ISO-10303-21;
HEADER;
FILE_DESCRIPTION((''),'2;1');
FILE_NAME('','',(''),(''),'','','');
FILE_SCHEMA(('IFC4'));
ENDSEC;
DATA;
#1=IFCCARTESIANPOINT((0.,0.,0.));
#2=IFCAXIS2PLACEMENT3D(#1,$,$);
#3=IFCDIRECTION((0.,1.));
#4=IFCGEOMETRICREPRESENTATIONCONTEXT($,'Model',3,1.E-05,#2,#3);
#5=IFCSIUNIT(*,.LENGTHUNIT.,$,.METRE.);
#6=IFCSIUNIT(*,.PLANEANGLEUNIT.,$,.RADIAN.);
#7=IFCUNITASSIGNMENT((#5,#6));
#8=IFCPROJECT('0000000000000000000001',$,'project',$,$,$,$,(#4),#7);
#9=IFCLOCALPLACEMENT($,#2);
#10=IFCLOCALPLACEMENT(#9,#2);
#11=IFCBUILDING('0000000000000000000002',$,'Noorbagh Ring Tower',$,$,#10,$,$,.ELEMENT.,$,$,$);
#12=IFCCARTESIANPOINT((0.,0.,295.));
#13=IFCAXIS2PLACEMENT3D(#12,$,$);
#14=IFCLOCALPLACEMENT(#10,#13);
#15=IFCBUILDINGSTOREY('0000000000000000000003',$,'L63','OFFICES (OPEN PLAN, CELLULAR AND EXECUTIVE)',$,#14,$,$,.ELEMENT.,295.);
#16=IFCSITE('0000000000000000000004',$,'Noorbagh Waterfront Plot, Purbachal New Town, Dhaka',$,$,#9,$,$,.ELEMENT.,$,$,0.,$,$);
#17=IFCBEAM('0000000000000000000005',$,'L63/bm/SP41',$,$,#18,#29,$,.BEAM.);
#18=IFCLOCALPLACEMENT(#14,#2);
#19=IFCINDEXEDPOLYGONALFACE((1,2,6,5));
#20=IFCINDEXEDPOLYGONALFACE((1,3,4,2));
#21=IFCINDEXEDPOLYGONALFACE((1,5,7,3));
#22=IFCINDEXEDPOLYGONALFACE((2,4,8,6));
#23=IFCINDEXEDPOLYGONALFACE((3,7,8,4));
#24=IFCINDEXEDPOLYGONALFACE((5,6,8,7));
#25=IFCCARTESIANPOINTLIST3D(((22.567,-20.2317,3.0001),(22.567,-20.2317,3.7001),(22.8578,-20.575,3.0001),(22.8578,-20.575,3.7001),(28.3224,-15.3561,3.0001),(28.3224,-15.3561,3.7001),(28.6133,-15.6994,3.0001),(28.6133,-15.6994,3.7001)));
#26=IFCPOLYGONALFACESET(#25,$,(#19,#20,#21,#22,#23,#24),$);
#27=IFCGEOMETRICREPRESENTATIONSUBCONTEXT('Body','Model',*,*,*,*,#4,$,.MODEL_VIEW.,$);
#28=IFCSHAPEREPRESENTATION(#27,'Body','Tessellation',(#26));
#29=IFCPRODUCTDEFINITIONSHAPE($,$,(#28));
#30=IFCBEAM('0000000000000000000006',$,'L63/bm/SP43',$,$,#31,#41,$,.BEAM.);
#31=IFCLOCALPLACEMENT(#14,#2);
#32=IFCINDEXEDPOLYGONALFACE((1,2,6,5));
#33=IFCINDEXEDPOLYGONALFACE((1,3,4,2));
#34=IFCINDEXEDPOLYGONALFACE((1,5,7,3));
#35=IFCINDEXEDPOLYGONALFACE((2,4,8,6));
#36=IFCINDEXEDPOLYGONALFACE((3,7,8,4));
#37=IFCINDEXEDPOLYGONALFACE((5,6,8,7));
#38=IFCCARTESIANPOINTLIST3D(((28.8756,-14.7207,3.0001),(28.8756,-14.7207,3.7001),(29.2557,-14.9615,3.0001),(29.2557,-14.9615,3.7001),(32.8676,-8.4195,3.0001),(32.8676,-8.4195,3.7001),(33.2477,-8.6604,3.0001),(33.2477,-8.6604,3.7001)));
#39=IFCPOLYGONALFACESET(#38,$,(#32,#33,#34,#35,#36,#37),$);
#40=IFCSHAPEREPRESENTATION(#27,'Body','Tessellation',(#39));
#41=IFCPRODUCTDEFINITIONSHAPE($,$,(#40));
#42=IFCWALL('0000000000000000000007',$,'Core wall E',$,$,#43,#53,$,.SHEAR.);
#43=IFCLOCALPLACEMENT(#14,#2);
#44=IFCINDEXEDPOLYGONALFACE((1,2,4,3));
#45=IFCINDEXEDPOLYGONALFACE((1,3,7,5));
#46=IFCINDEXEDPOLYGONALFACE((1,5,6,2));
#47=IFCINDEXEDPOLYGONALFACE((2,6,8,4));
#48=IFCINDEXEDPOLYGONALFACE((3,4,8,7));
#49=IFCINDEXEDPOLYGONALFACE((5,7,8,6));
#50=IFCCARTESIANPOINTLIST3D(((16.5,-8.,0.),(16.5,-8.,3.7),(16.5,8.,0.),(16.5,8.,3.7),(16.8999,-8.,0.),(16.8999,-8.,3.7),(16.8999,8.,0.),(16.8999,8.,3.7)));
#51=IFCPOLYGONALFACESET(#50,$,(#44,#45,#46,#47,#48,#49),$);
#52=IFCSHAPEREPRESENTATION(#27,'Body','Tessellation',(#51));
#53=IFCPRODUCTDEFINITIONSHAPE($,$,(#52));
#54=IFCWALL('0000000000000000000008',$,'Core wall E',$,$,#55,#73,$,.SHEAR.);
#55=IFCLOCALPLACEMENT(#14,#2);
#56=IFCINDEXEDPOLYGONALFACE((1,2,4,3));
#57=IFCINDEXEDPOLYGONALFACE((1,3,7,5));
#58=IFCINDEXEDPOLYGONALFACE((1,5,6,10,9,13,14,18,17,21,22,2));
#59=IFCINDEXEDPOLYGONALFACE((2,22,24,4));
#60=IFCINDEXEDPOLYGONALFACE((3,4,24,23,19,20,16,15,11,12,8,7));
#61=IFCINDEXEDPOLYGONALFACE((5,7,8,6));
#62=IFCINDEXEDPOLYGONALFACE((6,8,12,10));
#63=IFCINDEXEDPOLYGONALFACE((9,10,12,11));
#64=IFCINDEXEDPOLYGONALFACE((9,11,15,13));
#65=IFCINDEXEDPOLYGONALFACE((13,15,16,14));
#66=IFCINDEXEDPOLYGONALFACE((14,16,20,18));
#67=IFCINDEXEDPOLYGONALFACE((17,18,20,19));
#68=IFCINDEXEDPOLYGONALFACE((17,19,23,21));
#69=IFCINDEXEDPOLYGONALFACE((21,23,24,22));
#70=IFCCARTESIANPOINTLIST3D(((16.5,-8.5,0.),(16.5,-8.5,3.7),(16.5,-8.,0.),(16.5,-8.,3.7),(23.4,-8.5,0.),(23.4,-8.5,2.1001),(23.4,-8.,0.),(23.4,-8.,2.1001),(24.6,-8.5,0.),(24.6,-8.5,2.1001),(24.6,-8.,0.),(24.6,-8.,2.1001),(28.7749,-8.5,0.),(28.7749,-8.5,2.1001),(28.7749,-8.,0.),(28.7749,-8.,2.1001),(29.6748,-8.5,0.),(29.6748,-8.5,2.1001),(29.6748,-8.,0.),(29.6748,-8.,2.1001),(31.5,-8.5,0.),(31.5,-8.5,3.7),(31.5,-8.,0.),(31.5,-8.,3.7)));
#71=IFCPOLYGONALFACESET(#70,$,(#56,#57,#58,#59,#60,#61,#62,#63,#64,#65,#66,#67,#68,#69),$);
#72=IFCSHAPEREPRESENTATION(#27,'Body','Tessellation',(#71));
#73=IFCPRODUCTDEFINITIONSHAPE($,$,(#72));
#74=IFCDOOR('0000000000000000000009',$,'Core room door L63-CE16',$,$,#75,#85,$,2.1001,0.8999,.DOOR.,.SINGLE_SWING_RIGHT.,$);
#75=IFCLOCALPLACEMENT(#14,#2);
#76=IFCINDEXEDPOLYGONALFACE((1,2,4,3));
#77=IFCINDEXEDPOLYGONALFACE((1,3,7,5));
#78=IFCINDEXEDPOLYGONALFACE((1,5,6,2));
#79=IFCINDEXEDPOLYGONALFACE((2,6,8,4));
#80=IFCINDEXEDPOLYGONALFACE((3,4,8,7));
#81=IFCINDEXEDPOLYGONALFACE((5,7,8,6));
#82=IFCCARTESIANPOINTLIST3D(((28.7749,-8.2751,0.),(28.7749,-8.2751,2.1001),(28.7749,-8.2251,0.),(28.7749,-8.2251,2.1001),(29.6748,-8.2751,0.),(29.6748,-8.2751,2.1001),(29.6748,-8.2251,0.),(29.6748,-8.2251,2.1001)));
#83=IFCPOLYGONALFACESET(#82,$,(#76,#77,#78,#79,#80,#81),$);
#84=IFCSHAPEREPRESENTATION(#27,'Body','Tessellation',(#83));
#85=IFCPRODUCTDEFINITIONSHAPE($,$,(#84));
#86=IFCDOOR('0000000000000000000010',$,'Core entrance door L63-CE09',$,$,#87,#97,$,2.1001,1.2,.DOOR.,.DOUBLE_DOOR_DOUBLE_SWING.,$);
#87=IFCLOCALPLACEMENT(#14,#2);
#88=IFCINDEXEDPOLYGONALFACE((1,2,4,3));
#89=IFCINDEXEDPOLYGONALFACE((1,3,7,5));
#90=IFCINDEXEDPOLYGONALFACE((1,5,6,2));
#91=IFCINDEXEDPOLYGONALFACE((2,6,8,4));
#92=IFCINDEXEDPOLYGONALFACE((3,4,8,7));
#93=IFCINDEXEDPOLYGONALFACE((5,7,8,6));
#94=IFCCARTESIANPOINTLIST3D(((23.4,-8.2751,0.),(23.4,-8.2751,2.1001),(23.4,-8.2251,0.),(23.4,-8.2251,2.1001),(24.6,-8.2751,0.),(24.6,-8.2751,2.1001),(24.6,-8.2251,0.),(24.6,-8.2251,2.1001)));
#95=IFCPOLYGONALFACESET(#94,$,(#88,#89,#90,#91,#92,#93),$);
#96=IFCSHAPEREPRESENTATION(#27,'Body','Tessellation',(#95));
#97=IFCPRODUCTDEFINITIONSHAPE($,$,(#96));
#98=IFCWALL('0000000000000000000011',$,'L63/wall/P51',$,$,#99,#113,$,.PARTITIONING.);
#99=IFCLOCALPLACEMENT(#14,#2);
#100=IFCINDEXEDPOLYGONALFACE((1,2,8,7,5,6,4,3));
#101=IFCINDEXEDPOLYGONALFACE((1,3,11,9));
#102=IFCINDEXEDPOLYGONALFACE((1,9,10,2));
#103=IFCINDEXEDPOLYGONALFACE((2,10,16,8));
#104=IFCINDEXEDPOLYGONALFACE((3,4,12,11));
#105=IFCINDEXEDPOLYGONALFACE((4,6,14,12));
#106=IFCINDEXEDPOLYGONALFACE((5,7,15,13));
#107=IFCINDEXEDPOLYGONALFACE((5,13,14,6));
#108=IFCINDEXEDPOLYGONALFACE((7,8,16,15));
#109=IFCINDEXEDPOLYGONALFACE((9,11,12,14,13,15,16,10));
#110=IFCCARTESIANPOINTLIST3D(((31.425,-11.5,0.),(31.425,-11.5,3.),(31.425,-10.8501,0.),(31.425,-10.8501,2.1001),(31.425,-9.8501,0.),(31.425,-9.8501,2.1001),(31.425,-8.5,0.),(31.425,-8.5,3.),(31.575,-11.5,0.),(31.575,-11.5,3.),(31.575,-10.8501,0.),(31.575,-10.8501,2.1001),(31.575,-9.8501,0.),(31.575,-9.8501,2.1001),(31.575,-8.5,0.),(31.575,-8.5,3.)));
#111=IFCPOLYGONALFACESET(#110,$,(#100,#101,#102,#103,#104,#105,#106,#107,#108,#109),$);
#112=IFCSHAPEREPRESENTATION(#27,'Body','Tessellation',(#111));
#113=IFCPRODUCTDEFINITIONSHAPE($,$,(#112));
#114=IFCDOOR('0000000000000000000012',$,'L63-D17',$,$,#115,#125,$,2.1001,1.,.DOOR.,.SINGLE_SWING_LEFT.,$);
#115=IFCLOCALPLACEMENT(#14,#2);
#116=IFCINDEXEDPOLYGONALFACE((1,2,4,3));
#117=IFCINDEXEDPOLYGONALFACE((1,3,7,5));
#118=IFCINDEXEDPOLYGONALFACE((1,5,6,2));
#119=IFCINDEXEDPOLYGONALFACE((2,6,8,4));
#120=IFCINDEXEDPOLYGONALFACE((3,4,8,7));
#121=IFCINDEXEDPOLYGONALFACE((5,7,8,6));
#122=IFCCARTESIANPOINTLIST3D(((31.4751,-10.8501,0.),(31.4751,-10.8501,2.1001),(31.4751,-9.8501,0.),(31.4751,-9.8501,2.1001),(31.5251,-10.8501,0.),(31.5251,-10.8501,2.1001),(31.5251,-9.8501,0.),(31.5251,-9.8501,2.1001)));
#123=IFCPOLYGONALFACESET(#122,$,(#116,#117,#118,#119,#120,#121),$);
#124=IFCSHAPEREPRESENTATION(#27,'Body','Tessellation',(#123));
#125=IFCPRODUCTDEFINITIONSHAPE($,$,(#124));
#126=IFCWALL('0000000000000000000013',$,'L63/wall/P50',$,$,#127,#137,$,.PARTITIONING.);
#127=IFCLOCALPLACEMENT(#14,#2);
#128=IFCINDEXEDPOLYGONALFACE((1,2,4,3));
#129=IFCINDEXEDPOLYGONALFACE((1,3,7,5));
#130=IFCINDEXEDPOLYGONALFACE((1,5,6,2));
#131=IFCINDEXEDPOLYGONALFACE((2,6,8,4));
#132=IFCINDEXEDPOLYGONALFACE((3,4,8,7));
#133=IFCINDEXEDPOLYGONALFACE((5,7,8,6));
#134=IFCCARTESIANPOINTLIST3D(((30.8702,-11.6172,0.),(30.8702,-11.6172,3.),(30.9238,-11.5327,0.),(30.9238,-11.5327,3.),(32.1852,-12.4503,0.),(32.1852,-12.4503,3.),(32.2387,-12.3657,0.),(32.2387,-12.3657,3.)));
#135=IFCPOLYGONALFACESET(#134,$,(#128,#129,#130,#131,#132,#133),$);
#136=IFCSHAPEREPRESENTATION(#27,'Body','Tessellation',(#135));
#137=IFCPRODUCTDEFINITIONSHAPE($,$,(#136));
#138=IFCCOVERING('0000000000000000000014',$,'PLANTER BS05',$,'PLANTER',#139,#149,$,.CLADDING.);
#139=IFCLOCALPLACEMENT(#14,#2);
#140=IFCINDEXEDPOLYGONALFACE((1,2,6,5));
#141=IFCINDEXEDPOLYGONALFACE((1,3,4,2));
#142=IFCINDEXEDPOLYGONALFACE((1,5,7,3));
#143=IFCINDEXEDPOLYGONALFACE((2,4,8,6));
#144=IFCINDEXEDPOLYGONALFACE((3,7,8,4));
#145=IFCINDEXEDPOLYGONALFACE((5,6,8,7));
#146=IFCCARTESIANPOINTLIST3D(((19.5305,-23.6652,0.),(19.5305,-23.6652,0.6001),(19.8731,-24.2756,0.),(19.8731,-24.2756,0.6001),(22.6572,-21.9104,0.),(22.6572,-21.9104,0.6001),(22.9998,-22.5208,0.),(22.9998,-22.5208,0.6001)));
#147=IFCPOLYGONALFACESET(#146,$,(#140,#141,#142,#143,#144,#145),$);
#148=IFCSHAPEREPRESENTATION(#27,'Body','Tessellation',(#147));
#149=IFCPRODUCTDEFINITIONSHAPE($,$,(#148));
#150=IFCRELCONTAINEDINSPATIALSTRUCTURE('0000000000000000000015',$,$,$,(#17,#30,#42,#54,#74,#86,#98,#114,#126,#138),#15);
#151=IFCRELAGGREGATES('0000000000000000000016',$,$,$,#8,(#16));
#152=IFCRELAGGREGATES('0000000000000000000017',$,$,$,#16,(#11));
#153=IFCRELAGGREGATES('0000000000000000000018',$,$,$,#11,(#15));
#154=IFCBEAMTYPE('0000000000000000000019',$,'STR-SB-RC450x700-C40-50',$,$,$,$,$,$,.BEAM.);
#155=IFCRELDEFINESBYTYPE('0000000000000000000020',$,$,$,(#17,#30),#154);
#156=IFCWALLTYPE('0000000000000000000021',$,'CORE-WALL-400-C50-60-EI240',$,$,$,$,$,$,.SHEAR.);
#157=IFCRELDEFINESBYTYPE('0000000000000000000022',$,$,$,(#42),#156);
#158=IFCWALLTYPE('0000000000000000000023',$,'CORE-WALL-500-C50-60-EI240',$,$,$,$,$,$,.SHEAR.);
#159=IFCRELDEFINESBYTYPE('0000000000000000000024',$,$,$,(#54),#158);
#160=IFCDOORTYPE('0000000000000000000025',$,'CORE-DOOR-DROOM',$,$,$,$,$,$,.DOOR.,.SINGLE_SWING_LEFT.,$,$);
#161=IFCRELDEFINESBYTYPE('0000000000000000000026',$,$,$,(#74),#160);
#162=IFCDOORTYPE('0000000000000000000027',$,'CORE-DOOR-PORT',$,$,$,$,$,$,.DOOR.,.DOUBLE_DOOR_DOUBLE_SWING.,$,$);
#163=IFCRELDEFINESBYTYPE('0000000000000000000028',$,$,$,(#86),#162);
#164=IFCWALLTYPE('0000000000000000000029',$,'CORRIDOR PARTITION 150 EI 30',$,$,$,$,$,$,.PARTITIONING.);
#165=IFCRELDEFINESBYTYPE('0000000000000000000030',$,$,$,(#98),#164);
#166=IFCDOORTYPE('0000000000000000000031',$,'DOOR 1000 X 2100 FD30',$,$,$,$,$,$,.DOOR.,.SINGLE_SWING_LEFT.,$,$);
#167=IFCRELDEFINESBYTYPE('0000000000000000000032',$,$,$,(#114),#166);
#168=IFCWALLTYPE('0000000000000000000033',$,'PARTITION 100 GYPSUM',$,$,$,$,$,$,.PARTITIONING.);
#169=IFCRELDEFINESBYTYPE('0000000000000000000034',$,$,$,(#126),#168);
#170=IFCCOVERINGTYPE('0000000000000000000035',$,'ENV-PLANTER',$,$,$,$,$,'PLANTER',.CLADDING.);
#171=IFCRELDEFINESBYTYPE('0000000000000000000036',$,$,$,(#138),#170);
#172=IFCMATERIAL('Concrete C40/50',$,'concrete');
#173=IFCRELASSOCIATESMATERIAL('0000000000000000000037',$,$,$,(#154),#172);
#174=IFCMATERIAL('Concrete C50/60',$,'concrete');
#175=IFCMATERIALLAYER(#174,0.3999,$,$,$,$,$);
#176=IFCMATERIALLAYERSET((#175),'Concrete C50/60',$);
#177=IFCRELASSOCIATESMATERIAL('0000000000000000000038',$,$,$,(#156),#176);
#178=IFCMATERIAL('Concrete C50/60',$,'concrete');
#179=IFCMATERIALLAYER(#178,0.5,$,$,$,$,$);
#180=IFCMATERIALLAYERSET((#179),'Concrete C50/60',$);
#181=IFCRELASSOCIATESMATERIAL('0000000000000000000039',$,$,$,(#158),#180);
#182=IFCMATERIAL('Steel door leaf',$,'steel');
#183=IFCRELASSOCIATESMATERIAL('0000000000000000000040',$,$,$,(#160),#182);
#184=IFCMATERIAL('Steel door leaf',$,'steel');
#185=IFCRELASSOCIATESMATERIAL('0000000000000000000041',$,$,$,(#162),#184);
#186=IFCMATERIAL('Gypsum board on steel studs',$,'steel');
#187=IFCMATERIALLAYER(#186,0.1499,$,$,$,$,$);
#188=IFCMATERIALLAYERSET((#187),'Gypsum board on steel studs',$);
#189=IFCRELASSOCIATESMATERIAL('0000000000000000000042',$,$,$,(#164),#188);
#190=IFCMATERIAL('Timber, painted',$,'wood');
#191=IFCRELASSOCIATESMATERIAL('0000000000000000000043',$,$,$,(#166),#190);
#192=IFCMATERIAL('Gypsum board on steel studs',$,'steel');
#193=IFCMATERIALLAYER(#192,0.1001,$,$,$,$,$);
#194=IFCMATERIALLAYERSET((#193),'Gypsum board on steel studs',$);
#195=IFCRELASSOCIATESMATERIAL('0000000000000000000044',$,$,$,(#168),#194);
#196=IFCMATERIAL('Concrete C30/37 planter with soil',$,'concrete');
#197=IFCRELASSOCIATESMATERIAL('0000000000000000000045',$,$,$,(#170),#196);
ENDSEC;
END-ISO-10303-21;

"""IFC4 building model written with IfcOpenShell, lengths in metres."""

from ifc_helpers import new_model, si_unit, direction, frame, frame_2d, origin, origin_2d, place, context, subcontext, project, spatial, rectangle, extrude, material, layer, layer_set, material_profile, profile_set, type_object, element, fill, save


model = new_model("IFC4")

# Units and contexts
model_context = context("Model", 3, precision=1e-05, world=origin(), true_north=direction((0.0, 1.0)))
body_context = subcontext(model_context, "Body", "Model", "MODEL_VIEW")
ifc_project = project(units=[si_unit("LENGTHUNIT", "METRE"), si_unit("PLANEANGLEUNIT", "RADIAN")], contexts=[model_context])

# Site, building, storey
site_placement = place(None, origin())
site = spatial("IfcSite", under=ifc_project, at=site_placement, Name="Noorbagh Waterfront Plot, Purbachal New Town, Dhaka", CompositionType="ELEMENT", RefElevation=0.0)
building_placement = place(site_placement, origin())
building = spatial("IfcBuilding", under=site, at=building_placement, Name="Noorbagh Ring Tower", CompositionType="ELEMENT")
storey_placement = place(building_placement, frame((0.0, 0.0, 295.0)))
storey = spatial("IfcBuildingStorey", under=building, at=storey_placement, Name="L63", Description="OFFICES (OPEN PLAN, CELLULAR AND EXECUTIVE)", CompositionType="ELEMENT", Elevation=295.0)

# Beams
ifc_material_1 = material(Name="Concrete C40/50", Category="concrete")
ifc_material_profile_1 = material_profile(ifc_material_1, rectangle(XDim=0.45, YDim=0.7, at=origin_2d()), Name="RC450x700")
ifc_profile_set_1 = profile_set([ifc_material_profile_1], Name="Concrete C40/50")
beam_type_1 = type_object("IfcBeamType", Name="STR-SB-RC450x700-C40-50", PredefinedType="BEAM", material=ifc_profile_set_1)
beam_1_placement = place(storey_placement, frame((22.7124, -20.4033, 3.3501), z_axis=(0.763023, 0.646372, 0.0), x_axis=(-0.646372, 0.763023, 0.0)))
element("IfcBeam", 1, at=beam_1_placement, inside=storey, type_object=beam_type_1, Name="L63/bm/SP41", PredefinedType="BEAM", context=body_context, shape_type="SweptSolid", body=[
    extrude(rectangle(XDim=0.45, YDim=0.7, at=origin_2d()), origin(), (0.0, 0.0, 1.0), 7.543),
])
beam_2_placement = place(storey_placement, frame((29.0657, -14.8411, 3.3501), z_axis=(0.535176, 0.844741, 0.0), x_axis=(-0.844741, 0.535176, 0.0)))
element("IfcBeam", 2, at=beam_2_placement, inside=storey, type_object=beam_type_1, Name="L63/bm/SP43", PredefinedType="BEAM", context=body_context, shape_type="SweptSolid", body=[
    extrude(rectangle(XDim=0.45, YDim=0.7, at=origin_2d()), origin(), (0.0, 0.0, 1.0), 7.4592),
])

# Wall
ifc_material_2 = material(Name="Concrete C50/60", Category="concrete")
ifc_layer_1 = layer(ifc_material_2, 0.3999)
ifc_layer_set_1 = layer_set([ifc_layer_1], Name="Concrete C50/60")
wall_type_1 = type_object("IfcWallType", Name="CORE-WALL-400-C50-60-EI240", PredefinedType="SHEAR", material=ifc_layer_set_1)
wall_1_placement = place(storey_placement, frame((16.7, -8.0, 0.0), z_axis=(0.0, 0.0, 1.0), x_axis=(0.0, 1.0, 0.0)))
element("IfcWall", 3, at=wall_1_placement, inside=storey, type_object=wall_type_1, Name="Core wall E", PredefinedType="SHEAR", context=body_context, shape_type="SweptSolid", body=[
    extrude(rectangle(XDim=16.0, YDim=0.3999, at=frame_2d((8.0, 0.0))), origin(), (0.0, 0.0, 1.0), 3.7),
])

# Wall, openings, doors
ifc_material_3 = material(Name="Concrete C50/60", Category="concrete")
ifc_layer_2 = layer(ifc_material_3, 0.5)
ifc_layer_set_2 = layer_set([ifc_layer_2], Name="Concrete C50/60")
wall_type_2 = type_object("IfcWallType", Name="CORE-WALL-500-C50-60-EI240", PredefinedType="SHEAR", material=ifc_layer_set_2)
wall_2_placement = place(storey_placement, frame((16.5, -8.25, 0.0), z_axis=(0.0, 0.0, 1.0), x_axis=(1.0, 0.0, 0.0)))
wall_2 = element("IfcWall", 4, at=wall_2_placement, inside=storey, type_object=wall_type_2, Name="Core wall E", PredefinedType="SHEAR", context=body_context, shape_type="SweptSolid", body=[
    extrude(rectangle(XDim=15.0, YDim=0.5, at=frame_2d((7.5, 0.0))), origin(), (0.0, 0.0, 1.0), 3.7),
])
opening_1_placement = place(wall_2_placement, frame((6.8999, 0.0, 0.0)))
opening_1 = element("IfcOpeningElement", 5, at=opening_1_placement, cuts=wall_2, PredefinedType="OPENING", context=body_context, shape_type="SweptSolid", body=[
    extrude(rectangle(XDim=1.2, YDim=2.1001, at=frame_2d((0.6001, 1.05))), frame((0.0, 0.26, 0.0), z_axis=(0.0, -1.0, 0.0), x_axis=(1.0, 0.0, 0.0)), (0.0, 0.0, 1.0), 0.52),
])
opening_2_placement = place(wall_2_placement, frame((12.2749, 0.0, 0.0)))
opening_2 = element("IfcOpeningElement", 6, at=opening_2_placement, cuts=wall_2, PredefinedType="OPENING", context=body_context, shape_type="SweptSolid", body=[
    extrude(rectangle(XDim=0.8999, YDim=2.1001, at=frame_2d((0.45, 1.05))), frame((0.0, 0.26, 0.0), z_axis=(0.0, -1.0, 0.0), x_axis=(1.0, 0.0, 0.0)), (0.0, 0.0, 1.0), 0.52),
])
ifc_material_4 = material(Name="Steel door leaf", Category="steel")
door_type_1 = type_object("IfcDoorType", Name="CORE-DOOR-DROOM", OperationType="SINGLE_SWING_LEFT", PredefinedType="DOOR", material=ifc_material_4)
door_1_placement = place(opening_2_placement, origin())
door_1 = element("IfcDoor", 7, at=door_1_placement, inside=storey, type_object=door_type_1, Name="Core room door L63-CE16", OperationType="SINGLE_SWING_RIGHT", OverallHeight=2.1001, OverallWidth=0.8999, PredefinedType="DOOR", context=body_context, shape_type="SweptSolid", body=[
    extrude(rectangle(XDim=0.8999, YDim=2.1001, at=frame_2d((0.45, 1.05))), frame((0.0, 0.0249, 0.0), z_axis=(0.0, -1.0, 0.0), x_axis=(1.0, 0.0, 0.0)), (0.0, 0.0, 1.0), 0.05),
])
fill(opening_2, door_1)
ifc_material_5 = material(Name="Steel door leaf", Category="steel")
door_type_2 = type_object("IfcDoorType", Name="CORE-DOOR-PORT", OperationType="DOUBLE_DOOR_DOUBLE_SWING", PredefinedType="DOOR", material=ifc_material_5)
door_2_placement = place(opening_1_placement, origin())
door_2 = element("IfcDoor", 8, at=door_2_placement, inside=storey, type_object=door_type_2, Name="Core entrance door L63-CE09", OperationType="DOUBLE_DOOR_DOUBLE_SWING", OverallHeight=2.1001, OverallWidth=1.2, PredefinedType="DOOR", context=body_context, shape_type="SweptSolid", body=[
    extrude(rectangle(XDim=1.2, YDim=2.1001, at=frame_2d((0.6001, 1.05))), frame((0.0, 0.0249, 0.0), z_axis=(0.0, -1.0, 0.0), x_axis=(1.0, 0.0, 0.0)), (0.0, 0.0, 1.0), 0.05),
])
fill(opening_1, door_2)

# Wall, opening, door
ifc_material_6 = material(Name="Gypsum board on steel studs", Category="steel")
ifc_layer_3 = layer(ifc_material_6, 0.1499)
ifc_layer_set_3 = layer_set([ifc_layer_3], Name="Gypsum board on steel studs")
wall_type_3 = type_object("IfcWallType", Name="CORRIDOR PARTITION 150 EI 30", PredefinedType="PARTITIONING", material=ifc_layer_set_3)
wall_3_placement = place(storey_placement, frame((31.5, -11.5, 0.0), z_axis=(0.0, 0.0, 1.0), x_axis=(0.0, 1.0, 0.0)))
wall_3 = element("IfcWall", 9, at=wall_3_placement, inside=storey, type_object=wall_type_3, Name="L63/wall/P51", PredefinedType="PARTITIONING", context=body_context, shape_type="SweptSolid", body=[
    extrude(rectangle(XDim=3.0, YDim=0.1499, at=frame_2d((1.5, 0.0))), origin(), (0.0, 0.0, 1.0), 3.0),
])
opening_3_placement = place(wall_3_placement, frame((0.6499, 0.0, 0.0)))
opening_3 = element("IfcOpeningElement", 10, at=opening_3_placement, cuts=wall_3, PredefinedType="OPENING", context=body_context, shape_type="SweptSolid", body=[
    extrude(rectangle(XDim=1.0, YDim=2.1001, at=frame_2d((0.5, 1.05))), frame((0.0, 0.085, 0.0), z_axis=(0.0, -1.0, 0.0), x_axis=(1.0, 0.0, 0.0)), (0.0, 0.0, 1.0), 0.1699),
])
ifc_material_7 = material(Name="Timber, painted", Category="wood")
door_type_3 = type_object("IfcDoorType", Name="DOOR 1000 X 2100 FD30", OperationType="SINGLE_SWING_LEFT", PredefinedType="DOOR", material=ifc_material_7)
door_3_placement = place(opening_3_placement, origin())
door_3 = element("IfcDoor", 11, at=door_3_placement, inside=storey, type_object=door_type_3, Name="L63-D17", OperationType="SINGLE_SWING_LEFT", OverallHeight=2.1001, OverallWidth=1.0, PredefinedType="DOOR", context=body_context, shape_type="SweptSolid", body=[
    extrude(rectangle(XDim=1.0, YDim=2.1001, at=frame_2d((0.5, 1.05))), frame((0.0, 0.0249, 0.0), z_axis=(0.0, -1.0, 0.0), x_axis=(1.0, 0.0, 0.0)), (0.0, 0.0, 1.0), 0.05),
])
fill(opening_3, door_3)

# Wall
ifc_material_8 = material(Name="Gypsum board on steel studs", Category="steel")
ifc_layer_4 = layer(ifc_material_8, 0.1001)
ifc_layer_set_4 = layer_set([ifc_layer_4], Name="Gypsum board on steel studs")
wall_type_4 = type_object("IfcWallType", Name="PARTITION 100 GYPSUM", PredefinedType="PARTITIONING", material=ifc_layer_set_4)
wall_4_placement = place(storey_placement, frame((30.897, -11.575, 0.0), z_axis=(0.0, 0.0, 1.0), x_axis=(0.844758, -0.535149, 0.0)))
element("IfcWall", 12, at=wall_4_placement, inside=storey, type_object=wall_type_4, Name="L63/wall/P50", PredefinedType="PARTITIONING", context=body_context, shape_type="SweptSolid", body=[
    extrude(rectangle(XDim=1.5566, YDim=0.1001, at=frame_2d((0.7783, 0.0))), origin(), (0.0, 0.0, 1.0), 3.0),
])

# Covering
ifc_material_9 = material(Name="Concrete C30/37 planter with soil", Category="concrete")
covering_type = type_object("IfcCoveringType", Name="ENV-PLANTER", ElementType="PLANTER", PredefinedType="CLADDING", material=ifc_material_9)
covering_placement = place(storey_placement, frame((21.2651, -23.093, 0.0), z_axis=(0.0, 0.0, 1.0), x_axis=(0.872045, 0.489426, 0.0)))
element("IfcCovering", 13, at=covering_placement, inside=storey, type_object=covering_type, Name="PLANTER BS05", ObjectType="PLANTER", PredefinedType="CLADDING", context=body_context, shape_type="SweptSolid", body=[
    extrude(rectangle(XDim=3.5854, YDim=0.7, at=origin_2d()), origin(), (0.0, 0.0, 1.0), 0.6001),
])

save(model, "model.ifc")
